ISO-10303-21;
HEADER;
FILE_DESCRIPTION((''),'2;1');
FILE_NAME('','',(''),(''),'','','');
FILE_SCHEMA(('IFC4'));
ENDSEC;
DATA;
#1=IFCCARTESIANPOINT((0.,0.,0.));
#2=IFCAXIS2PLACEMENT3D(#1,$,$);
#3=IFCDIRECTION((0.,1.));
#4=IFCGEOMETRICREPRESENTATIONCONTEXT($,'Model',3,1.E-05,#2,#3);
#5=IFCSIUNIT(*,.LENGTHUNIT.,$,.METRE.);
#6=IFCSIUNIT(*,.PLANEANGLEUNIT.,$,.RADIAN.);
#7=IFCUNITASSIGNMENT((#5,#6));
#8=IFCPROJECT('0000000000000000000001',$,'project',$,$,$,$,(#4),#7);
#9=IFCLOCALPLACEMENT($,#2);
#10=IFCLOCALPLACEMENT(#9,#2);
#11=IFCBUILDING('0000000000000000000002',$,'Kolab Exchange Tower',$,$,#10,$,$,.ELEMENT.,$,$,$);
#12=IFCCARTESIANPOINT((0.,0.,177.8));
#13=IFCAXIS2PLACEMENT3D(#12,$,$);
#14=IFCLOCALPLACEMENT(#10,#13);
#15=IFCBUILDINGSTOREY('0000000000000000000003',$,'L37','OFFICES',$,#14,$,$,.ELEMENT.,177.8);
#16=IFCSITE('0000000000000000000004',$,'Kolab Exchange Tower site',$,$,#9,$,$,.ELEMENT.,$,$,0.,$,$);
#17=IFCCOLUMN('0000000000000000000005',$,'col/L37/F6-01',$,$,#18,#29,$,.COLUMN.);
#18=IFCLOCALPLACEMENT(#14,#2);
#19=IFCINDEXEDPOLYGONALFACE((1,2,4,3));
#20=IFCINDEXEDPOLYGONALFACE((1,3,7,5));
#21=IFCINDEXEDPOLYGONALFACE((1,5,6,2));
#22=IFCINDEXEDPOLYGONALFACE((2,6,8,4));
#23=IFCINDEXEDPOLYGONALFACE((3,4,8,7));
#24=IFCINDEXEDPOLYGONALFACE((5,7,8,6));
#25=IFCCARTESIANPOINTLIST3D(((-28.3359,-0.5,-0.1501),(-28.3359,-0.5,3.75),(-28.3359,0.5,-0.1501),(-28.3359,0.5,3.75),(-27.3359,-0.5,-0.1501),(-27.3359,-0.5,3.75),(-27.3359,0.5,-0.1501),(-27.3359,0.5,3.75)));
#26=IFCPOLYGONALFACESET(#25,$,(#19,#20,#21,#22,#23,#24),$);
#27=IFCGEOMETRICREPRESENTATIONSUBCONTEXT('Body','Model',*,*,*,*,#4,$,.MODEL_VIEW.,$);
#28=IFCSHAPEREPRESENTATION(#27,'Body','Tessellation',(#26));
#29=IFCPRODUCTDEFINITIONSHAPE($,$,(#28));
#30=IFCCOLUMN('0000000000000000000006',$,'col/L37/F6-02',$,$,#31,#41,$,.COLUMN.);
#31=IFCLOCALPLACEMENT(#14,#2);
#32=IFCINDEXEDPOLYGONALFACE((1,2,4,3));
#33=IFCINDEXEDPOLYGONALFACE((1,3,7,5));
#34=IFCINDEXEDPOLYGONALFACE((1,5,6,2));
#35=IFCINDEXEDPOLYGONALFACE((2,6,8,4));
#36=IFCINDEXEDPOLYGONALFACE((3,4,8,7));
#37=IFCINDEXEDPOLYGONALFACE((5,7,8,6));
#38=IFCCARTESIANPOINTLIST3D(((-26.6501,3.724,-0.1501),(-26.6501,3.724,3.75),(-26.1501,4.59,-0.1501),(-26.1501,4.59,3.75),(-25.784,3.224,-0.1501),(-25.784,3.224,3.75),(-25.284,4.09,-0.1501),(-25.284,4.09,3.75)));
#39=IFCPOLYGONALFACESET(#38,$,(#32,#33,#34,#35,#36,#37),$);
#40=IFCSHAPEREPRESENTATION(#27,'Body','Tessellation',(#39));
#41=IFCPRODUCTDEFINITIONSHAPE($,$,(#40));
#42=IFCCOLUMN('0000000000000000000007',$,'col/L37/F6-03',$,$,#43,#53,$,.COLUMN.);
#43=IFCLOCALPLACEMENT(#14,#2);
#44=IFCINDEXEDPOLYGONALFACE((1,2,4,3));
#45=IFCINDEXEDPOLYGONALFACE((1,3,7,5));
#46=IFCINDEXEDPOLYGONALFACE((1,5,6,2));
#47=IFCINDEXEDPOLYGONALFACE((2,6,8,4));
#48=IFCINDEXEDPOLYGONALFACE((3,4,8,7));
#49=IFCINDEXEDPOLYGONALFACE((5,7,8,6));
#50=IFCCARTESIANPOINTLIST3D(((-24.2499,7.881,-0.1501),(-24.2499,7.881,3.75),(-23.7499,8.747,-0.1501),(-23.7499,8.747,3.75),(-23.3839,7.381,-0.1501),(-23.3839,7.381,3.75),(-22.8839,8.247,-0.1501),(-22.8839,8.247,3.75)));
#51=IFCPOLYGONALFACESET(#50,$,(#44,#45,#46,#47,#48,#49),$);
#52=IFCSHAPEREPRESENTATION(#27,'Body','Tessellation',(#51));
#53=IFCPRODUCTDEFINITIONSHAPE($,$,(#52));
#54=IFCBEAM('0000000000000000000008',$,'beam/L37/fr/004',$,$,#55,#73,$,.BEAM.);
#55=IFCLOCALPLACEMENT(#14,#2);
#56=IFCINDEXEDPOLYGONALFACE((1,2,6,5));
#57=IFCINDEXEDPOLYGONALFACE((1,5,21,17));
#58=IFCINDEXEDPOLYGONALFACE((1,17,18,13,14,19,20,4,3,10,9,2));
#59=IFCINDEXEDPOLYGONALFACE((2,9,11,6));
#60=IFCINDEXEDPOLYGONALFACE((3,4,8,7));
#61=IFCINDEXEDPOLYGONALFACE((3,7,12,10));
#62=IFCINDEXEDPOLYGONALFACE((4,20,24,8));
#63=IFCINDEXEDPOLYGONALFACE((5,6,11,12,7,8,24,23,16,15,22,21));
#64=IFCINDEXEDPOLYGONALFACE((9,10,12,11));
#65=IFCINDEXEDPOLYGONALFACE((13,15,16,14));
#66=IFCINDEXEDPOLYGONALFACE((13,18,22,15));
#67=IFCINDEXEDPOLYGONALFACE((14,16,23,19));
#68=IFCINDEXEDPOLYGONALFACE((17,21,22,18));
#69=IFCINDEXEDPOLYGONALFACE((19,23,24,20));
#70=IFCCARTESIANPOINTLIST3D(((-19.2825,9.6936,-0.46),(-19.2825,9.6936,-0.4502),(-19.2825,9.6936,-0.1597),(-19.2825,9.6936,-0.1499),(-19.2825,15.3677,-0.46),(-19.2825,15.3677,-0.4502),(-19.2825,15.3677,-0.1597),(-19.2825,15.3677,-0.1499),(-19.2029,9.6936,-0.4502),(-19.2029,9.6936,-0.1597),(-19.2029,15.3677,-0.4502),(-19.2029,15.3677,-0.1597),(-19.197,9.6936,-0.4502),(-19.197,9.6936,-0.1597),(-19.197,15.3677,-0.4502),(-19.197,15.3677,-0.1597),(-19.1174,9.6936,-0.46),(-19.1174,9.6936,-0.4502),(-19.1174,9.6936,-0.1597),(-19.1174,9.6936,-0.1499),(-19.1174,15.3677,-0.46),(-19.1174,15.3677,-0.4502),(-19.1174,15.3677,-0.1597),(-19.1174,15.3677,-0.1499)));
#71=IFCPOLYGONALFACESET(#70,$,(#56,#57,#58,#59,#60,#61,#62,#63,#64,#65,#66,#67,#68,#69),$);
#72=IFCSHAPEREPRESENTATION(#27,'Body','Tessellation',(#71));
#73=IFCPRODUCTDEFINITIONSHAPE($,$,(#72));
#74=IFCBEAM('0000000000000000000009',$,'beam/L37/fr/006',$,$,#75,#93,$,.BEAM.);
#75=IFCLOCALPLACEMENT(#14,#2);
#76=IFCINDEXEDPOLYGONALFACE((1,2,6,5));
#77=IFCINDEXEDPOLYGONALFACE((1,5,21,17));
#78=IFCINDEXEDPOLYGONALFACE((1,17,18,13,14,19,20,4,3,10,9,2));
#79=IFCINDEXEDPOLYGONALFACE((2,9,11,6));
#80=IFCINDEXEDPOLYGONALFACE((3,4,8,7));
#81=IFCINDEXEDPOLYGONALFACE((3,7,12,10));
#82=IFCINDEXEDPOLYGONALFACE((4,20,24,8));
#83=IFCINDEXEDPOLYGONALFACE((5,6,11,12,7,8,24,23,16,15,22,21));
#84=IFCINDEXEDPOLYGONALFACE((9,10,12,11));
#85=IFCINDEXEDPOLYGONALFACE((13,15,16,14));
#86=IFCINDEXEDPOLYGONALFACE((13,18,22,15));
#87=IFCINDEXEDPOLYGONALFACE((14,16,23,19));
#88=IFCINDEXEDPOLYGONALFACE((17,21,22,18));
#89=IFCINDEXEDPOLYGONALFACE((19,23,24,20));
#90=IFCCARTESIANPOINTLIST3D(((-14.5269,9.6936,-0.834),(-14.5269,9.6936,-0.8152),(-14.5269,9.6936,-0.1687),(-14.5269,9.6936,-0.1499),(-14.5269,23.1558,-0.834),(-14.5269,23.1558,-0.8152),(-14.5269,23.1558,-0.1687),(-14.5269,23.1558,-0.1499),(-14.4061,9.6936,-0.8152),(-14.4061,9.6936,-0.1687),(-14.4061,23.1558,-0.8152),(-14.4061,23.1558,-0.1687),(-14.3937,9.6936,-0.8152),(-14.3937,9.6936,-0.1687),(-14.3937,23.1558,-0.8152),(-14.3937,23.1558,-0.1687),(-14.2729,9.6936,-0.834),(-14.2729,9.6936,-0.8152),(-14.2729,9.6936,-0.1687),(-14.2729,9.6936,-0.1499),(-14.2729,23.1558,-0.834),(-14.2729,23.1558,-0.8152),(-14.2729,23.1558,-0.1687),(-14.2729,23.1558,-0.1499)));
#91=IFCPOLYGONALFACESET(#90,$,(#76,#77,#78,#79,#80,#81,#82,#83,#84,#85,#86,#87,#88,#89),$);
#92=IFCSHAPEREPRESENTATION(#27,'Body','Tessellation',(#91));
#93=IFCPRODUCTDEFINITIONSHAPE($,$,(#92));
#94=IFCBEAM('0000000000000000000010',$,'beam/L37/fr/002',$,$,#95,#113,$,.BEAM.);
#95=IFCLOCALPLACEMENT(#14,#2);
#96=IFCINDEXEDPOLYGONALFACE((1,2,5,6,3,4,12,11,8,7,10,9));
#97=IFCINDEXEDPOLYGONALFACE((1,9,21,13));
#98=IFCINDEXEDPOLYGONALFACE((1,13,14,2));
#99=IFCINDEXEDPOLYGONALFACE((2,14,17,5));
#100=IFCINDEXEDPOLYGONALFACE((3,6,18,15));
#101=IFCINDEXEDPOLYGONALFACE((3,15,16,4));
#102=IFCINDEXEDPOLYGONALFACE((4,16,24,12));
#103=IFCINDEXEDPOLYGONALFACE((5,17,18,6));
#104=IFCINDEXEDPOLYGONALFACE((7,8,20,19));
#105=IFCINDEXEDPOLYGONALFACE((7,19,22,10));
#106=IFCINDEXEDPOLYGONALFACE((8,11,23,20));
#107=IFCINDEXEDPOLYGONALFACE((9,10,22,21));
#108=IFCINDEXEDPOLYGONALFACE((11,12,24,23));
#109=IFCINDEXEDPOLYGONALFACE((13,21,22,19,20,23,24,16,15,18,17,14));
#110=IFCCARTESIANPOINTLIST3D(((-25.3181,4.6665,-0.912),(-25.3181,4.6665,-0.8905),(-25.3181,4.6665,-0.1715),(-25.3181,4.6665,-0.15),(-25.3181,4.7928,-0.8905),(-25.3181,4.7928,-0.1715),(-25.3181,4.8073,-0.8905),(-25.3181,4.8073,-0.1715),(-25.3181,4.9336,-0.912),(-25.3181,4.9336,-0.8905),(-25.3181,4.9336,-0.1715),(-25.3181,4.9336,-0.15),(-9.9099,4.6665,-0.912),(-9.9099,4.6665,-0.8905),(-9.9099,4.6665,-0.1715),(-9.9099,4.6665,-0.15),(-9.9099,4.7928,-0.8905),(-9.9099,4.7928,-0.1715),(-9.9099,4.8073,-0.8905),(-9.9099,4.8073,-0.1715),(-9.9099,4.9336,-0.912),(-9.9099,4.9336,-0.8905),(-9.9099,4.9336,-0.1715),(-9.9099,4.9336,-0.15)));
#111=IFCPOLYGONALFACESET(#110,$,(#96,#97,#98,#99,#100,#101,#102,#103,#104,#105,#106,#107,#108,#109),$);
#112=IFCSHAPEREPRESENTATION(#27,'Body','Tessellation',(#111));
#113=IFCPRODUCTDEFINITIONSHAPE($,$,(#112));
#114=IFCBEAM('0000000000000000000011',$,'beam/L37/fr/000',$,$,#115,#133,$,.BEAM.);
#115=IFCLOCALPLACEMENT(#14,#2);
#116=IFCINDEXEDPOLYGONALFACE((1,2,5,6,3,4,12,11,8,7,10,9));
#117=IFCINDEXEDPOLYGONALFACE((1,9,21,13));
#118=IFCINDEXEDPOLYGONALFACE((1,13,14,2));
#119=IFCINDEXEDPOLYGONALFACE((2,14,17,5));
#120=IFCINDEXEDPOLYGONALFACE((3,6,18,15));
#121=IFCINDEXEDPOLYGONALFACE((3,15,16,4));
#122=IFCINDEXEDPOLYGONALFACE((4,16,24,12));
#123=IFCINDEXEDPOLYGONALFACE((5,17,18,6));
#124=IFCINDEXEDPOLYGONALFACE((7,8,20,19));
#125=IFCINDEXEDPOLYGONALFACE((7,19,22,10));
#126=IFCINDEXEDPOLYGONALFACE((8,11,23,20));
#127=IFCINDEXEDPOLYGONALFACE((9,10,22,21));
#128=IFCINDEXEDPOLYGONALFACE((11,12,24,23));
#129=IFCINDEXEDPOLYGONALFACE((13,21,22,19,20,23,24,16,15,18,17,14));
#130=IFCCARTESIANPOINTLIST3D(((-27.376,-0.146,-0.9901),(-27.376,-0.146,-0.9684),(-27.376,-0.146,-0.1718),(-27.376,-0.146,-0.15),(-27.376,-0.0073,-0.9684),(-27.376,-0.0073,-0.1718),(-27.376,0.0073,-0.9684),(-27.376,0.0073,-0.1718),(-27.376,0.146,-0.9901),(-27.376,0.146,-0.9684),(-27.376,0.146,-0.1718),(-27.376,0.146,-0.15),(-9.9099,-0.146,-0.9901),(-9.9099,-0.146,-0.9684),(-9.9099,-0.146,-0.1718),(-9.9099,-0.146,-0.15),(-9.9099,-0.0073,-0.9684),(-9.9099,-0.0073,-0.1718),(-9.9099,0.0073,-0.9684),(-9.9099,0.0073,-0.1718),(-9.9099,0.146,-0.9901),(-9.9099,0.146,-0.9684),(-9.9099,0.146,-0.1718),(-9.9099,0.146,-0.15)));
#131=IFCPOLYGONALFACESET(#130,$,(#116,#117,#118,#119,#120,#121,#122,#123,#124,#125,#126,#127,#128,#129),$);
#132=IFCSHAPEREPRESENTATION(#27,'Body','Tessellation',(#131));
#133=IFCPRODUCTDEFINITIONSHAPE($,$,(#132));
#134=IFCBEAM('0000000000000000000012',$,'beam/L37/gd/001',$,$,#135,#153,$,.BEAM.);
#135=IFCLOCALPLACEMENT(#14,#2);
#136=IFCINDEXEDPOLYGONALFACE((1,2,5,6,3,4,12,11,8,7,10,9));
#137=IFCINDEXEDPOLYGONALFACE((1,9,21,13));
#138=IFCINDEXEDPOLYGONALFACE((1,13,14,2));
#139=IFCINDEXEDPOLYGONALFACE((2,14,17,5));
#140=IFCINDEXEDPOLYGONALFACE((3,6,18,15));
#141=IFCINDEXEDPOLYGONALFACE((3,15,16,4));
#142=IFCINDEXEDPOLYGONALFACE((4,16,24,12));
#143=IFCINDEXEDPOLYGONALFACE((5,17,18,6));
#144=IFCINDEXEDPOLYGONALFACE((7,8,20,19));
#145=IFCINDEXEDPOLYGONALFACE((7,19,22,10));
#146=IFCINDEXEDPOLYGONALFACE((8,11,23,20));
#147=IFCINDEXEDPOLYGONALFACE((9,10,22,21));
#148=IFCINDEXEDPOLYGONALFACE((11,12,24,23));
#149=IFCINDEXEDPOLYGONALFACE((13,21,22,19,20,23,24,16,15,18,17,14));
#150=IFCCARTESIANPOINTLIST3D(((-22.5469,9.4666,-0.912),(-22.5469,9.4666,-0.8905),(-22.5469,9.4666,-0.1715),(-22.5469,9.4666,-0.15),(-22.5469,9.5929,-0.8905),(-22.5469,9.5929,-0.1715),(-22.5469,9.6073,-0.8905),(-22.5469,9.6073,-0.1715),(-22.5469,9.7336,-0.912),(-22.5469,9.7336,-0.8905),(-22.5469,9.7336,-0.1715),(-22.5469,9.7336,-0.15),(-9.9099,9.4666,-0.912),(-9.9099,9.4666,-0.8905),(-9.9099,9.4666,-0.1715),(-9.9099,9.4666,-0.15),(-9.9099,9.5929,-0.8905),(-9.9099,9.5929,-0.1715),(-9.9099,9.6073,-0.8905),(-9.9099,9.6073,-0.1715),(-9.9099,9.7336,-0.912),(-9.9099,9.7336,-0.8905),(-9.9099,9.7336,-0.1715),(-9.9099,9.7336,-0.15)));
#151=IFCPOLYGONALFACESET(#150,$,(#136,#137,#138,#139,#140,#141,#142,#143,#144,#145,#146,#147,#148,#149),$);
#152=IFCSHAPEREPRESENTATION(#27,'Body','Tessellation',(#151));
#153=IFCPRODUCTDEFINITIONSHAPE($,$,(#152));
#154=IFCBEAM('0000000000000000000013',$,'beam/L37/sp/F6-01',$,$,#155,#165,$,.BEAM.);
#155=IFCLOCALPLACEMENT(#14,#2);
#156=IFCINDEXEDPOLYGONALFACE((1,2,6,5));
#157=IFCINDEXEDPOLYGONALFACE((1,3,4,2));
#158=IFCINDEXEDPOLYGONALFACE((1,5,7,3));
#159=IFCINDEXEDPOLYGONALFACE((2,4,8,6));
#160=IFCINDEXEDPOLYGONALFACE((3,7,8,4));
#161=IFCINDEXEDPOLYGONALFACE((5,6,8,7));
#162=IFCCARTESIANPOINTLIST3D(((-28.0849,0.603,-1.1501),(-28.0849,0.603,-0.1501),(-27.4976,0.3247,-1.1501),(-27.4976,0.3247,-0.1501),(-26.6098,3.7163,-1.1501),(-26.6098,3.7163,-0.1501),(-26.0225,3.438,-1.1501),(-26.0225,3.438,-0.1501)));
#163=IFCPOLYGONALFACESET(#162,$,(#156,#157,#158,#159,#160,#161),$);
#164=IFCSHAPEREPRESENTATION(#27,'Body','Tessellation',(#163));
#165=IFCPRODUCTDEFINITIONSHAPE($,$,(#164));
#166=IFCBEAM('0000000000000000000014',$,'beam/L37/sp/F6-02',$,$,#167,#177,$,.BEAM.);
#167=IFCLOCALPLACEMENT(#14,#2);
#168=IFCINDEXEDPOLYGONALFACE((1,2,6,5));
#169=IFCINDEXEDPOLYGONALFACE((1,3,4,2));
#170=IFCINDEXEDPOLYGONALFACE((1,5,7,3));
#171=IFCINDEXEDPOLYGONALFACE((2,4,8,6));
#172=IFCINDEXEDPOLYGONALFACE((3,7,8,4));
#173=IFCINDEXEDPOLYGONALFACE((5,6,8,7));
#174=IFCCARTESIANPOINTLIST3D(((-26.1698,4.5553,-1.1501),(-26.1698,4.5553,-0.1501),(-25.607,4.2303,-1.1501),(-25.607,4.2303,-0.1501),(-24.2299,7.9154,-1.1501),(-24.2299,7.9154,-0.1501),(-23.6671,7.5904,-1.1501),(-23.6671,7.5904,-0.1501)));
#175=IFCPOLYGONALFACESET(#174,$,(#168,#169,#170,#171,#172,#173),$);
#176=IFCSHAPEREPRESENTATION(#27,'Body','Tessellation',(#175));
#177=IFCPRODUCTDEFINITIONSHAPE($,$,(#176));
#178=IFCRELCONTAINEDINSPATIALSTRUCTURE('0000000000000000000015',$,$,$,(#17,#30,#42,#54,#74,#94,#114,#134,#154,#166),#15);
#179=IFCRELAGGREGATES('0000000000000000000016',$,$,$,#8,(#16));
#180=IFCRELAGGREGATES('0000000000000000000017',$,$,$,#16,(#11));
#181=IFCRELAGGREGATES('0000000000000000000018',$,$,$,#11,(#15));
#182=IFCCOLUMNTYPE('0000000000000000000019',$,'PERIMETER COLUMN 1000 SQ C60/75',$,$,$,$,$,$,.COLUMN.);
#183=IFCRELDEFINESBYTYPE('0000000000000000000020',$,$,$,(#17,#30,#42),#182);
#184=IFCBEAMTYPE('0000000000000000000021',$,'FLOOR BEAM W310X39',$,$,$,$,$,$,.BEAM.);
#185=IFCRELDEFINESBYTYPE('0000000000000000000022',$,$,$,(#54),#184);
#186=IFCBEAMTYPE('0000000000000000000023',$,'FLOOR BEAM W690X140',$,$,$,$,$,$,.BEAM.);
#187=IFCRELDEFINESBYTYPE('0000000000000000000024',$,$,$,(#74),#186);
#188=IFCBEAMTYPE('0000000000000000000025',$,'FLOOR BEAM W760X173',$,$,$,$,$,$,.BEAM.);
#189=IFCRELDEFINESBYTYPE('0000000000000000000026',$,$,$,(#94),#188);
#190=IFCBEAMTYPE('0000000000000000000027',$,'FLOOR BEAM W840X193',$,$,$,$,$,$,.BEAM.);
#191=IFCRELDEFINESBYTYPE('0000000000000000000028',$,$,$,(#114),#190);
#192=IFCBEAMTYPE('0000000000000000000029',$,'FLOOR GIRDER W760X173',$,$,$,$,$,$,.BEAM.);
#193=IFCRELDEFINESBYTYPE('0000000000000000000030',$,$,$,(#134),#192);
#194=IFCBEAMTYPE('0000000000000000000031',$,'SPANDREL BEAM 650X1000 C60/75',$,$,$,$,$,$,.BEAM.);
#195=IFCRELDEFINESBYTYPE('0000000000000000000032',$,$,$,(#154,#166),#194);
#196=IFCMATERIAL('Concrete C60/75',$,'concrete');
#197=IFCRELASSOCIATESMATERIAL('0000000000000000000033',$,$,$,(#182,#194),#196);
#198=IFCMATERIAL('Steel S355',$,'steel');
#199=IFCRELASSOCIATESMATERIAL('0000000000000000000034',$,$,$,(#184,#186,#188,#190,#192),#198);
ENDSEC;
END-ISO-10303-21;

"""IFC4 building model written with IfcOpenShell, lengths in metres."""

from ifc_helpers import new_model, si_unit, direction, frame, origin, origin_2d, place, context, subcontext, project, spatial, rectangle, i_section, extrude, material, material_profile, profile_set, type_object, element, save


model = new_model("IFC4")

# Units and contexts
model_context = context("Model", 3, precision=1e-05, world=origin(), true_north=direction((0.0, 1.0)))
body_context = subcontext(model_context, "Body", "Model", "MODEL_VIEW")
ifc_project = project(units=[si_unit("LENGTHUNIT", "METRE"), si_unit("PLANEANGLEUNIT", "RADIAN")], contexts=[model_context])

# Site, building, storey
site_placement = place(None, origin())
site = spatial("IfcSite", under=ifc_project, at=site_placement, Name="Kolab Exchange Tower site", CompositionType="ELEMENT", RefElevation=0.0)
building_placement = place(site_placement, origin())
building = spatial("IfcBuilding", under=site, at=building_placement, Name="Kolab Exchange Tower", CompositionType="ELEMENT")
storey_placement = place(building_placement, frame((0.0, 0.0, 177.8)))
storey = spatial("IfcBuildingStorey", under=building, at=storey_placement, Name="L37", Description="OFFICES", CompositionType="ELEMENT", Elevation=177.8)

# Columns
ifc_material_1 = material(Name="Concrete C60/75", Category="concrete")
ifc_material_profile_1 = material_profile(ifc_material_1, rectangle(XDim=1.0, YDim=1.0, at=origin_2d()), Name="RC1000")
ifc_profile_set_1 = profile_set([ifc_material_profile_1], Name="Concrete C60/75")
column_type = type_object("IfcColumnType", Name="PERIMETER COLUMN 1000 SQ C60/75", PredefinedType="COLUMN", material=ifc_profile_set_1)
for number, where, z_axis, x_axis, name in (
    (1, (-27.8359, 0.0, -0.1501), (0.0, 0.0, 1.0), (1.0, 0.0, 0.0), "col/L37/F6-01"),
    (2, (-25.967, 3.907, -0.1501), (0.0, 0.0, 1.0), (0.5, 0.866025, 0.0), "col/L37/F6-02"),
    (3, (-23.5669, 8.064, -0.1501), (0.0, 0.0, 1.0), (0.5, 0.866025, 0.0), "col/L37/F6-03"),
):
    element("IfcColumn", number, at=place(storey_placement, frame(where, z_axis=z_axis, x_axis=x_axis)), inside=storey, type_object=column_type, Name=name, PredefinedType="COLUMN", context=body_context, shape_type="SweptSolid", body=[
        extrude(rectangle(XDim=1.0, YDim=1.0, at=origin_2d()), origin(), (0.0, 0.0, 1.0), 3.9001),
    ])

# Beams
ifc_material_2 = material(Name="Steel S355", Category="steel")
ifc_material_profile_2 = material_profile(ifc_material_2, i_section(OverallWidth=0.165, OverallDepth=0.3101, WebThickness=0.0059, FlangeThickness=0.0098, at=origin_2d()), Name="W310X39")
ifc_profile_set_2 = profile_set([ifc_material_profile_2], Name="Steel S355")
beam_type_1 = type_object("IfcBeamType", Name="FLOOR BEAM W310X39", PredefinedType="BEAM", material=ifc_profile_set_2)
beam_1_placement = place(storey_placement, frame((-19.2, 9.6936, -0.3049), z_axis=(0.0, 1.0, 0.0), x_axis=(-1.0, 0.0, 0.0)))
element("IfcBeam", 4, at=beam_1_placement, inside=storey, type_object=beam_type_1, Name="beam/L37/fr/004", PredefinedType="BEAM", context=body_context, shape_type="SweptSolid", body=[
    extrude(i_section(OverallWidth=0.165, OverallDepth=0.3101, WebThickness=0.0059, FlangeThickness=0.0098, at=origin_2d()), origin(), (0.0, 0.0, 1.0), 5.6741),
])
ifc_material_profile_3 = material_profile(ifc_material_2, i_section(OverallWidth=0.2539, OverallDepth=0.6841, WebThickness=0.0125, FlangeThickness=0.0188, at=origin_2d()), Name="W690X140")
ifc_profile_set_3 = profile_set([ifc_material_profile_3], Name="Steel S355")
beam_type_2 = type_object("IfcBeamType", Name="FLOOR BEAM W690X140", PredefinedType="BEAM", material=ifc_profile_set_3)
beam_2_placement = place(storey_placement, frame((-14.3999, 9.6936, -0.4919), z_axis=(0.0, 1.0, 0.0), x_axis=(-1.0, 0.0, 0.0)))
element("IfcBeam", 5, at=beam_2_placement, inside=storey, type_object=beam_type_2, Name="beam/L37/fr/006", PredefinedType="BEAM", context=body_context, shape_type="SweptSolid", body=[
    extrude(i_section(OverallWidth=0.2539, OverallDepth=0.6841, WebThickness=0.0125, FlangeThickness=0.0188, at=origin_2d()), origin(), (0.0, 0.0, 1.0), 13.4622),
])
ifc_material_profile_4 = material_profile(ifc_material_2, i_section(OverallWidth=0.2671, OverallDepth=0.762, WebThickness=0.0144, FlangeThickness=0.0215, at=origin_2d()), Name="W760X173")
ifc_profile_set_4 = profile_set([ifc_material_profile_4], Name="Steel S355")
beam_type_3 = type_object("IfcBeamType", Name="FLOOR BEAM W760X173", PredefinedType="BEAM", material=ifc_profile_set_4)
beam_3_placement = place(storey_placement, frame((-25.3181, 4.8, -0.531), z_axis=(1.0, 0.0, 0.0), x_axis=(0.0, 1.0, 0.0)))
element("IfcBeam", 6, at=beam_3_placement, inside=storey, type_object=beam_type_3, Name="beam/L37/fr/002", PredefinedType="BEAM", context=body_context, shape_type="SweptSolid", body=[
    extrude(i_section(OverallWidth=0.2671, OverallDepth=0.762, WebThickness=0.0144, FlangeThickness=0.0215, at=origin_2d()), origin(), (0.0, 0.0, 1.0), 15.4082),
])
ifc_material_profile_5 = material_profile(ifc_material_2, i_section(OverallWidth=0.292, OverallDepth=0.8401, WebThickness=0.0146, FlangeThickness=0.0217, at=origin_2d()), Name="W840X193")
ifc_profile_set_5 = profile_set([ifc_material_profile_5], Name="Steel S355")
beam_type_4 = type_object("IfcBeamType", Name="FLOOR BEAM W840X193", PredefinedType="BEAM", material=ifc_profile_set_5)
beam_4_placement = place(storey_placement, frame((-27.376, 0.0, -0.5701), z_axis=(1.0, 0.0, 0.0), x_axis=(0.0, 1.0, 0.0)))
element("IfcBeam", 7, at=beam_4_placement, inside=storey, type_object=beam_type_4, Name="beam/L37/fr/000", PredefinedType="BEAM", context=body_context, shape_type="SweptSolid", body=[
    extrude(i_section(OverallWidth=0.292, OverallDepth=0.8401, WebThickness=0.0146, FlangeThickness=0.0217, at=origin_2d()), origin(), (0.0, 0.0, 1.0), 17.4661),
])
ifc_material_profile_6 = material_profile(ifc_material_2, i_section(OverallWidth=0.2671, OverallDepth=0.762, WebThickness=0.0144, FlangeThickness=0.0215, at=origin_2d()), Name="W760X173")
ifc_profile_set_6 = profile_set([ifc_material_profile_6], Name="Steel S355")
beam_type_5 = type_object("IfcBeamType", Name="FLOOR GIRDER W760X173", PredefinedType="BEAM", material=ifc_profile_set_6)
beam_5_placement = place(storey_placement, frame((-22.5469, 9.6001, -0.531), z_axis=(1.0, 0.0, 0.0), x_axis=(0.0, 1.0, 0.0)))
element("IfcBeam", 8, at=beam_5_placement, inside=storey, type_object=beam_type_5, Name="beam/L37/gd/001", PredefinedType="BEAM", context=body_context, shape_type="SweptSolid", body=[
    extrude(i_section(OverallWidth=0.2671, OverallDepth=0.762, WebThickness=0.0144, FlangeThickness=0.0215, at=origin_2d()), origin(), (0.0, 0.0, 1.0), 12.637),
])
ifc_material_profile_7 = material_profile(ifc_material_1, rectangle(XDim=0.6499, YDim=1.0, at=origin_2d()), Name="RC650X1000")
ifc_profile_set_7 = profile_set([ifc_material_profile_7], Name="Concrete C60/75")
beam_type_6 = type_object("IfcBeamType", Name="SPANDREL BEAM 650X1000 C60/75", PredefinedType="BEAM", material=ifc_profile_set_7)
beam_6_placement = place(storey_placement, frame((-27.7913, 0.4639, -0.6501), z_axis=(0.428178, 0.903695, 0.0), x_axis=(-0.903695, 0.428178, 0.0)))
element("IfcBeam", 9, at=beam_6_placement, inside=storey, type_object=beam_type_6, Name="beam/L37/sp/F6-01", PredefinedType="BEAM", context=body_context, shape_type="SweptSolid", body=[
    extrude(rectangle(XDim=0.6499, YDim=1.0, at=origin_2d()), origin(), (0.0, 0.0, 1.0), 3.4451),
])
for number, where, z_axis, x_axis, name in (
    (10, (-25.8884, 4.3928, -0.6501), (0.499997, 0.866027, 0.0), (-0.866027, 0.499997, 0.0), "beam/L37/sp/F6-02"),
):
    element("IfcBeam", number, at=place(storey_placement, frame(where, z_axis=z_axis, x_axis=x_axis)), inside=storey, type_object=beam_type_6, Name=name, PredefinedType="BEAM", context=body_context, shape_type="SweptSolid", body=[
        extrude(rectangle(XDim=0.6499, YDim=1.0, at=origin_2d()), origin(), (0.0, 0.0, 1.0), 3.8799),
    ])

save(model, "model.ifc")
